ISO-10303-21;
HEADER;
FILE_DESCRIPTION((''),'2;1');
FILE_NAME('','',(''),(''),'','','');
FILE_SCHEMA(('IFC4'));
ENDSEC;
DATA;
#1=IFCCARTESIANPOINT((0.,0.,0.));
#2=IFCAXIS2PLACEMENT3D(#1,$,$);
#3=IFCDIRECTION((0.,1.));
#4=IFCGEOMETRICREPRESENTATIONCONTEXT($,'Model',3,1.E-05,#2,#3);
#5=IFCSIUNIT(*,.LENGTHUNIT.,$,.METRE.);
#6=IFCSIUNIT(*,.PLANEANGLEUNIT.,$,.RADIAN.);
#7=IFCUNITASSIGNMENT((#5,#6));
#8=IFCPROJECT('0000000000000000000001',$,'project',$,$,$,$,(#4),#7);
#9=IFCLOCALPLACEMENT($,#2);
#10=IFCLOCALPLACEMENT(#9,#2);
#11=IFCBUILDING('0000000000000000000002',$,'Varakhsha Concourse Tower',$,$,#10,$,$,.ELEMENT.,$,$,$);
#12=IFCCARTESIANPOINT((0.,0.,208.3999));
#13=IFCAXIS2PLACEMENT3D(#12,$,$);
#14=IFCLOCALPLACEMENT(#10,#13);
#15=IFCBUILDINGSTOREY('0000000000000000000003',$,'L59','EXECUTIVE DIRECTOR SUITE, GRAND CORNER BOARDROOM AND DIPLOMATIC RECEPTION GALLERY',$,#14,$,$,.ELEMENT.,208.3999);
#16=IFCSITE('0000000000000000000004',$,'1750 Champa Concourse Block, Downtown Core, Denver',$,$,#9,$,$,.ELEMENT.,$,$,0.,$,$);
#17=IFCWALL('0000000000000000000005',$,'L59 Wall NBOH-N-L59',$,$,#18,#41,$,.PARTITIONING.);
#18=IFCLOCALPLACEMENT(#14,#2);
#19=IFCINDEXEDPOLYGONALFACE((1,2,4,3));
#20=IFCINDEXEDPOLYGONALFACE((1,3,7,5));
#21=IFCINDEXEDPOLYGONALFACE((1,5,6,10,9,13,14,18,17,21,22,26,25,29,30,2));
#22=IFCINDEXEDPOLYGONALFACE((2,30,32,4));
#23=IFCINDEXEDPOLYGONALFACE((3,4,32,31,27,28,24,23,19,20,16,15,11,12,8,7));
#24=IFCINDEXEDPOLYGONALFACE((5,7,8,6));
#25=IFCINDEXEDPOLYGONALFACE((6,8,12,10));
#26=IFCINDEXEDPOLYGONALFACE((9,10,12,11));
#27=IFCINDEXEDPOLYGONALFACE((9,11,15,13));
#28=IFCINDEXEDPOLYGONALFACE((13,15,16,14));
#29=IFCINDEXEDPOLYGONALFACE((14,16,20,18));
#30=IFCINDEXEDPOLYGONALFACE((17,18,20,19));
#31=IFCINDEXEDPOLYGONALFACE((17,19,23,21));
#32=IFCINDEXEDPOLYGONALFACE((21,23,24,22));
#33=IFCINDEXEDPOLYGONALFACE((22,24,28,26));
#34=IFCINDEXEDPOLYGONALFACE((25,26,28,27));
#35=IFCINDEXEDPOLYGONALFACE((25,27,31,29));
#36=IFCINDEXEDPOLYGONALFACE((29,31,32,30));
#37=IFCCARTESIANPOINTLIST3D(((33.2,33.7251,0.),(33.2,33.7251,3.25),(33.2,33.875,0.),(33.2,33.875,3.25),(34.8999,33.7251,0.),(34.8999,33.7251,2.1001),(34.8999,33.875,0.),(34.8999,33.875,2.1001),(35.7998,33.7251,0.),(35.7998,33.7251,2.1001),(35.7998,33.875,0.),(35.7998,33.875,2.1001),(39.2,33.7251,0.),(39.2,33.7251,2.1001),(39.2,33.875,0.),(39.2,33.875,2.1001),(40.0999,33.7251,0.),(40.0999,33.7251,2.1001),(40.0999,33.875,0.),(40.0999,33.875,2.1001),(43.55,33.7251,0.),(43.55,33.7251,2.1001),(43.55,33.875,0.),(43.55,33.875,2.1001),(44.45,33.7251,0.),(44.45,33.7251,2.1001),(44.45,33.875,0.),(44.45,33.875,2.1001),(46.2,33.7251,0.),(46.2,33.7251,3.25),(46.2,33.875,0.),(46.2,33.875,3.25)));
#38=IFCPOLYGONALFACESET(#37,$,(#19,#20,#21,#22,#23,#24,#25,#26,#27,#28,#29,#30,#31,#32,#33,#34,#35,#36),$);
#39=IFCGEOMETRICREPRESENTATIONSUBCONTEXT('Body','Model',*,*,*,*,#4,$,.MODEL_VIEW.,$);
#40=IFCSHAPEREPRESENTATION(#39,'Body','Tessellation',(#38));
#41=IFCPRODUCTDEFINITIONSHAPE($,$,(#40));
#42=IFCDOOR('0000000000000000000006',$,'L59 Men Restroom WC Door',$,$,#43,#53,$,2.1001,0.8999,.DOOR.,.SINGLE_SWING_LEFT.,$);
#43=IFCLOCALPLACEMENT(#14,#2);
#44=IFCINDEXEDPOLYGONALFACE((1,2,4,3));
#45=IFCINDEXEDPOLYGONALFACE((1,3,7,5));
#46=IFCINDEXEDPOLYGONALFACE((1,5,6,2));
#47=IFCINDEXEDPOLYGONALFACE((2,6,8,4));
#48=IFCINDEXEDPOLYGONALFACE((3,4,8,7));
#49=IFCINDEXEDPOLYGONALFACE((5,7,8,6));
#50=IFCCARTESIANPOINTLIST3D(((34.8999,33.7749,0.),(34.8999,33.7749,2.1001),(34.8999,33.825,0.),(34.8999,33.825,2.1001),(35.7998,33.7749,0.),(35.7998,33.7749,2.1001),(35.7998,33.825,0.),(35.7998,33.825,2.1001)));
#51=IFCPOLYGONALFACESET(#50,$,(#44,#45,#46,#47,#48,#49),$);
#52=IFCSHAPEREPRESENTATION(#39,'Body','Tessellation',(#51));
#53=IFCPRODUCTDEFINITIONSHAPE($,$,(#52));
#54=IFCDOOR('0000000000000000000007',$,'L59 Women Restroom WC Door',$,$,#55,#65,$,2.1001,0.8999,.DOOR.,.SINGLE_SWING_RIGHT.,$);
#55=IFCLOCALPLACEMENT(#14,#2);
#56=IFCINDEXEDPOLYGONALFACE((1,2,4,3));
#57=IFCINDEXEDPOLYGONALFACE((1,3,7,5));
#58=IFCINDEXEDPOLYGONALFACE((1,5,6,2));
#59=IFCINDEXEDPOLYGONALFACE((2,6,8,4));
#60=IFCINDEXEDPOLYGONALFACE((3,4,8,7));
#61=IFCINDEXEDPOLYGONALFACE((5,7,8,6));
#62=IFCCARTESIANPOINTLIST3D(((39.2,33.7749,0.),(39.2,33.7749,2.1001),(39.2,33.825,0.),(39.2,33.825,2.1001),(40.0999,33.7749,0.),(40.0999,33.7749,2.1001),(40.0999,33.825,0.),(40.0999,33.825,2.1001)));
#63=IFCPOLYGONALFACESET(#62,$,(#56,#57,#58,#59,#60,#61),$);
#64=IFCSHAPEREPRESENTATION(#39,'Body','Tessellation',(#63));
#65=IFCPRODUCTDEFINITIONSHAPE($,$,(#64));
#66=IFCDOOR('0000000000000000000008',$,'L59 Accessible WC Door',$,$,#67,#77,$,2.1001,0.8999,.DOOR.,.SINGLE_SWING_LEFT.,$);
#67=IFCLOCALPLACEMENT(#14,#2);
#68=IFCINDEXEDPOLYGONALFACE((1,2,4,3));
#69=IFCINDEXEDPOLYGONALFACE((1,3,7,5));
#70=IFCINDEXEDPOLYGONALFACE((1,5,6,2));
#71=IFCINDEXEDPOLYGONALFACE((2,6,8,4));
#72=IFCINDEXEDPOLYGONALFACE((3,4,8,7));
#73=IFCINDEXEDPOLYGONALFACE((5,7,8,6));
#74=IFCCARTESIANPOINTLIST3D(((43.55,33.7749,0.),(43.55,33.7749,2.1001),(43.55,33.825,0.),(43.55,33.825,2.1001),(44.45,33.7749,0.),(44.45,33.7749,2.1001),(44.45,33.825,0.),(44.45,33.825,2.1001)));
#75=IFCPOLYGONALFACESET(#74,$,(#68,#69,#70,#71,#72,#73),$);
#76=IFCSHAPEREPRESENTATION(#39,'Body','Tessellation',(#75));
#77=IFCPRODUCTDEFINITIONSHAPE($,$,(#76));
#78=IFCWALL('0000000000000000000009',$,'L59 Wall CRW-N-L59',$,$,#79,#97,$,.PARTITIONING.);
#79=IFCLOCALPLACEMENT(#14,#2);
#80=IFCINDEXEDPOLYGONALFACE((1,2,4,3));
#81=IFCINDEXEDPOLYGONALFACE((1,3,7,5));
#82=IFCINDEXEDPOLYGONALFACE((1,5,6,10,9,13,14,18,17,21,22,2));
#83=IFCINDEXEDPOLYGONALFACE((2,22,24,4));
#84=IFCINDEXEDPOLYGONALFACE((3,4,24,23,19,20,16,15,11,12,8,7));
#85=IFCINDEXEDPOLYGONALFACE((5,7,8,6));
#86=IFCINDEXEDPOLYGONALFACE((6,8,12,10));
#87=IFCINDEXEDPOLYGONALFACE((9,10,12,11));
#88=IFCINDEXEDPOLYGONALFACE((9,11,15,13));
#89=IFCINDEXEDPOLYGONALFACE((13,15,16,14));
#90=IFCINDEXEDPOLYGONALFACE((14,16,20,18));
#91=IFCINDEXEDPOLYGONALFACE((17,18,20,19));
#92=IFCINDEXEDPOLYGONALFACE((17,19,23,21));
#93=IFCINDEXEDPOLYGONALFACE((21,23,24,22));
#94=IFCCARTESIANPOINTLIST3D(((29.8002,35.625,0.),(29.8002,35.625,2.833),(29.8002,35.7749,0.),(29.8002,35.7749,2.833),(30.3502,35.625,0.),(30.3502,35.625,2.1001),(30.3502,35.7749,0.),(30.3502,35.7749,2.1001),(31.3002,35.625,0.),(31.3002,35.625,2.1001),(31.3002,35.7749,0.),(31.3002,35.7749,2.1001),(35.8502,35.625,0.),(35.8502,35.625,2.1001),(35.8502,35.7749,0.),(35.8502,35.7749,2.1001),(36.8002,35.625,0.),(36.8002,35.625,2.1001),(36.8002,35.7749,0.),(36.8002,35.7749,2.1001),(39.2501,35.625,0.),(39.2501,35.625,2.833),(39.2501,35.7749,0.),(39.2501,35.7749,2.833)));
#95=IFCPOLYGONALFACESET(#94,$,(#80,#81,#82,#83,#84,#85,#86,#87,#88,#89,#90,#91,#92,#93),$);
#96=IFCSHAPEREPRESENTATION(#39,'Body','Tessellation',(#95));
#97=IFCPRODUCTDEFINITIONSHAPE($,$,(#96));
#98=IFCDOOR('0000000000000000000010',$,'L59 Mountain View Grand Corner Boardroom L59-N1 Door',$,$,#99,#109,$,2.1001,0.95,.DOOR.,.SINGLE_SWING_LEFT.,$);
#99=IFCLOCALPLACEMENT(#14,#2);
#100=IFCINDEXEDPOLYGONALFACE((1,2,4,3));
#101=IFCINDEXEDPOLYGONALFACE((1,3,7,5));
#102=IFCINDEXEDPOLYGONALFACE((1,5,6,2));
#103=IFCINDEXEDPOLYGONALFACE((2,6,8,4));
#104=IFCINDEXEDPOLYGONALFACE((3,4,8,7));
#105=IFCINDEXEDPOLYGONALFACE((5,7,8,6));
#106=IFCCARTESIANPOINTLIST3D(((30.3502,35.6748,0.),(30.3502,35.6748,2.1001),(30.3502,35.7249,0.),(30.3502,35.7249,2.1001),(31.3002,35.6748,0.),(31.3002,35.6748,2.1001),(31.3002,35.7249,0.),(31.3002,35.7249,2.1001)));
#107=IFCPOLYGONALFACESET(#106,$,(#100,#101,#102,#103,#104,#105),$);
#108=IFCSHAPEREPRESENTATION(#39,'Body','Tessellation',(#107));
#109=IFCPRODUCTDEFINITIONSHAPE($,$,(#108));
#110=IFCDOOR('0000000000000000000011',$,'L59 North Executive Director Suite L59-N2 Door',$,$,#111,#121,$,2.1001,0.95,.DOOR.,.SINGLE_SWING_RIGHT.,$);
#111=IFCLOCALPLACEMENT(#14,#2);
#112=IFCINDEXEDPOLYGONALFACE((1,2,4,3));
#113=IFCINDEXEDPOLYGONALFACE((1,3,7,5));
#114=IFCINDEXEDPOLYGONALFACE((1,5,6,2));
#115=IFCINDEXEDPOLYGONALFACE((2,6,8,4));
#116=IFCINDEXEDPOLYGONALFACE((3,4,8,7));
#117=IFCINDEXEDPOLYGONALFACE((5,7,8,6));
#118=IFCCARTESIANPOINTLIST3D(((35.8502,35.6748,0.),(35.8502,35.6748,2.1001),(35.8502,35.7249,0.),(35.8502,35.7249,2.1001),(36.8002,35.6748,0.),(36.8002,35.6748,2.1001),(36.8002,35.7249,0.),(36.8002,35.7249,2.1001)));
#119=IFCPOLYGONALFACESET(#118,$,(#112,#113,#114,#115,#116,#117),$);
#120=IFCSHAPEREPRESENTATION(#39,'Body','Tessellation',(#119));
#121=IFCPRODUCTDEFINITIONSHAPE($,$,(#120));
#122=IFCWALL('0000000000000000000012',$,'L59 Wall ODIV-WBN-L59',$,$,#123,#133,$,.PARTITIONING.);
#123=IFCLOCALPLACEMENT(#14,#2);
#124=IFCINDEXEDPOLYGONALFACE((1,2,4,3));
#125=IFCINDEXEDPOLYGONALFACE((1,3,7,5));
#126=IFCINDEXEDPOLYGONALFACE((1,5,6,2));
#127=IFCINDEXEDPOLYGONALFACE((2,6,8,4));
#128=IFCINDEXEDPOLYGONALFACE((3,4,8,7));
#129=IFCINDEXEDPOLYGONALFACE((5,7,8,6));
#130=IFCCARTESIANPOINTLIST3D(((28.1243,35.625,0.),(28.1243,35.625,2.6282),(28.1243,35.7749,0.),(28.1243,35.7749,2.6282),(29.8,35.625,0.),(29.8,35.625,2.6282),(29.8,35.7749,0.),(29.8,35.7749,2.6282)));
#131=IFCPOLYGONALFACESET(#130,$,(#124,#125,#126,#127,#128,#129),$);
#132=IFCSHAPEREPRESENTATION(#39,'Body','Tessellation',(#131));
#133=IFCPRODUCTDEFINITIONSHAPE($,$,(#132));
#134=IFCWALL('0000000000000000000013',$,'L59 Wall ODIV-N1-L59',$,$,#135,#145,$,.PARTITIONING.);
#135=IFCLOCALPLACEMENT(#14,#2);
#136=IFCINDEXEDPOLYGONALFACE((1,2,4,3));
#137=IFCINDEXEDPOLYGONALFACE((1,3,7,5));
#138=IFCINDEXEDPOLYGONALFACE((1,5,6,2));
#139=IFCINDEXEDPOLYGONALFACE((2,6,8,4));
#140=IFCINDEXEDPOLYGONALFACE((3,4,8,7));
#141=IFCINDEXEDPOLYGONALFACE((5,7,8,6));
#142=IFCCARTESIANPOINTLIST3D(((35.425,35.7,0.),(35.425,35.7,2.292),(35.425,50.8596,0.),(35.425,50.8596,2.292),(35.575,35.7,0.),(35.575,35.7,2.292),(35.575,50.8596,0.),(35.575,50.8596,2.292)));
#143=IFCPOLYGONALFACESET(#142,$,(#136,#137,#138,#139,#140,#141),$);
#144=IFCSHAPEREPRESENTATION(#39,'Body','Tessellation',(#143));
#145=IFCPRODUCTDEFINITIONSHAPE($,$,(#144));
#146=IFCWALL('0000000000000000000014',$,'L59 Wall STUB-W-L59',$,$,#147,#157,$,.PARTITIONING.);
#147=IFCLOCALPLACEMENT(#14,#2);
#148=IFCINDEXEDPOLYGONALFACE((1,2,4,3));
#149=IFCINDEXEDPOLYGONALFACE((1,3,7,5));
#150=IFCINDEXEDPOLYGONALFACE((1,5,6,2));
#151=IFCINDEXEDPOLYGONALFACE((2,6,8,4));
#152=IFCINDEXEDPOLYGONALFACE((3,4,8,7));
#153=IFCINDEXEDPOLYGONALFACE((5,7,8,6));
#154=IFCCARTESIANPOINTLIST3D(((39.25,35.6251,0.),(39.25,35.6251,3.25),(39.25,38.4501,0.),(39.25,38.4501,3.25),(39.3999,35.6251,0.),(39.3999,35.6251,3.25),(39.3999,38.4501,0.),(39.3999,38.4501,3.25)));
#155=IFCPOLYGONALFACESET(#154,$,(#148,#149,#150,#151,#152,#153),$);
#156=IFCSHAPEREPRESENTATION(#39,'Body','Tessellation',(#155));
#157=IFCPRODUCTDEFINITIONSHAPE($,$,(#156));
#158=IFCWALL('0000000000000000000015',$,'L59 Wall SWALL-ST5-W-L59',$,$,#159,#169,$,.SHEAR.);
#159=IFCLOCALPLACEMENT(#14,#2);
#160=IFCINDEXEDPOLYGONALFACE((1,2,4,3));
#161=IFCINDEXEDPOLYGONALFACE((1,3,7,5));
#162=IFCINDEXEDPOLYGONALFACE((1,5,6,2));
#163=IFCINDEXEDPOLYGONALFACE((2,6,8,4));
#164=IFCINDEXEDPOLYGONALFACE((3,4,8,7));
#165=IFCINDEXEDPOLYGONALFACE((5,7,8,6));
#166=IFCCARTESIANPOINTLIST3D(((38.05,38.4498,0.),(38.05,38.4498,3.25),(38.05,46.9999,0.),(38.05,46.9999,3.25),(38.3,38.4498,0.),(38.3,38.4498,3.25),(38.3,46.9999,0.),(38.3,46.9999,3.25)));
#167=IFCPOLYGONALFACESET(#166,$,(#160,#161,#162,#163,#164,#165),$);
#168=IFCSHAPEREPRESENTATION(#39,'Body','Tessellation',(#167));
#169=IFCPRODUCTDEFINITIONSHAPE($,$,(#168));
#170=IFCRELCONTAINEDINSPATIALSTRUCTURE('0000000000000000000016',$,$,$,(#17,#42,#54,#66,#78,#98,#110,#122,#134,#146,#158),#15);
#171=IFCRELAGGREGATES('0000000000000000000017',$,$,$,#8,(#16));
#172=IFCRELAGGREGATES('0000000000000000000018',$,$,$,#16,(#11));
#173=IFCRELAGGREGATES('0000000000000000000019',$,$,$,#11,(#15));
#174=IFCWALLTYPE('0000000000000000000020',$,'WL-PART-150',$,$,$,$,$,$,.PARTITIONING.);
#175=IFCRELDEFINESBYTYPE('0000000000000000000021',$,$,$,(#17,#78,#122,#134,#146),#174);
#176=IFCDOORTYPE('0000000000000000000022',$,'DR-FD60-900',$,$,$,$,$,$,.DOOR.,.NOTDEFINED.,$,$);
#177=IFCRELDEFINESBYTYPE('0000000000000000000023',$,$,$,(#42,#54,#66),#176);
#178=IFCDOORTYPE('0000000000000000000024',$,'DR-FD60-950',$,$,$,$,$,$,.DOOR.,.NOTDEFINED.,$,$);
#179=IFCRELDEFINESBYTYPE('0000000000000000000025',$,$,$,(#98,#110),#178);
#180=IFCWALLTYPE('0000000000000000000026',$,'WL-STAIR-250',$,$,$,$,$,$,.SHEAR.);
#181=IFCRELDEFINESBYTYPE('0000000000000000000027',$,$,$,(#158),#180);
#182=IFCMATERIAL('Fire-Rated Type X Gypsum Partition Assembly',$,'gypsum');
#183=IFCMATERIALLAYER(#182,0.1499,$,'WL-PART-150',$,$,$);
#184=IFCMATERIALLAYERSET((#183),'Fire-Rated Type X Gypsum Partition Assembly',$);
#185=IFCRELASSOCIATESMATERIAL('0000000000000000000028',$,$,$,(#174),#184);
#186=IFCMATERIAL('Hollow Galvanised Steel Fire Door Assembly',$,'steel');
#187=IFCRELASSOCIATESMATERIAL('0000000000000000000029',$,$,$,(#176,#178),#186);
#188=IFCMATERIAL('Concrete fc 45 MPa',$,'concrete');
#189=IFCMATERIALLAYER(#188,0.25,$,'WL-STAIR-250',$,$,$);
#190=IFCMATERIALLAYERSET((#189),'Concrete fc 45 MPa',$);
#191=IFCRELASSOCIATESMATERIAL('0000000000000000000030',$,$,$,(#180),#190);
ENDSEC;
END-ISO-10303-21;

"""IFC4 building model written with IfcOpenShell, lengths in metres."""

from ifc_helpers import new_model, si_unit, direction, frame, frame_2d, origin, place, context, subcontext, project, spatial, rectangle, extrude, material, layer, layer_set, type_object, element, fill, save


model = new_model("IFC4")

# Units and contexts
model_context = context("Model", 3, precision=1e-05, world=origin(), true_north=direction((0.0, 1.0)))
body_context = subcontext(model_context, "Body", "Model", "MODEL_VIEW")
ifc_project = project(units=[si_unit("LENGTHUNIT", "METRE"), si_unit("PLANEANGLEUNIT", "RADIAN")], contexts=[model_context])

# Site, building, storey
site_placement = place(None, origin())
site = spatial("IfcSite", under=ifc_project, at=site_placement, Name="1750 Champa Concourse Block, Downtown Core, Denver", CompositionType="ELEMENT", RefElevation=0.0)
building_placement = place(site_placement, origin())
building = spatial("IfcBuilding", under=site, at=building_placement, Name="Varakhsha Concourse Tower", CompositionType="ELEMENT")
storey_placement = place(building_placement, frame((0.0, 0.0, 208.3999)))
storey = spatial("IfcBuildingStorey", under=building, at=storey_placement, Name="L59", Description="EXECUTIVE DIRECTOR SUITE, GRAND CORNER BOARDROOM AND DIPLOMATIC RECEPTION GALLERY", CompositionType="ELEMENT", Elevation=208.3999)

# Walls, openings, doors
ifc_material_1 = material(Name="Fire-Rated Type X Gypsum Partition Assembly", Category="gypsum")
ifc_layer_1 = layer(ifc_material_1, 0.1499, Name="WL-PART-150")
ifc_layer_set_1 = layer_set([ifc_layer_1], Name="Fire-Rated Type X Gypsum Partition Assembly")
wall_type_1 = type_object("IfcWallType", Name="WL-PART-150", PredefinedType="PARTITIONING", material=ifc_layer_set_1)
wall_1_placement = place(storey_placement, frame((33.2, 33.8, 0.0), z_axis=(0.0, 0.0, 1.0), x_axis=(1.0, 0.0, 0.0)))
wall_1 = element("IfcWall", 1, at=wall_1_placement, inside=storey, type_object=wall_type_1, Name="L59 Wall NBOH-N-L59", PredefinedType="PARTITIONING", context=body_context, shape_type="SweptSolid", body=[
    extrude(rectangle(XDim=13.0, YDim=0.1499, at=frame_2d((6.5, 0.0))), origin(), (0.0, 0.0, 1.0), 3.25),
])
opening_1_placement = place(wall_1_placement, frame((1.7, 0.0, 0.0)))
opening_1 = element("IfcOpeningElement", 2, at=opening_1_placement, cuts=wall_1, PredefinedType="OPENING", context=body_context, shape_type="SweptSolid", body=[
    extrude(rectangle(XDim=0.8999, YDim=2.1001, at=frame_2d((0.45, 1.05))), frame((0.0, 0.085, 0.0), z_axis=(0.0, -1.0, 0.0), x_axis=(1.0, 0.0, 0.0)), (0.0, 0.0, 1.0), 0.1699),
])
opening_2_placement = place(wall_1_placement, frame((6.0, 0.0, 0.0)))
opening_2 = element("IfcOpeningElement", 3, at=opening_2_placement, cuts=wall_1, PredefinedType="OPENING", context=body_context, shape_type="SweptSolid", body=[
    extrude(rectangle(XDim=0.8999, YDim=2.1001, at=frame_2d((0.45, 1.05))), frame((0.0, 0.085, 0.0), z_axis=(0.0, -1.0, 0.0), x_axis=(1.0, 0.0, 0.0)), (0.0, 0.0, 1.0), 0.1699),
])
opening_3_placement = place(wall_1_placement, frame((10.3501, 0.0, 0.0)))
opening_3 = element("IfcOpeningElement", 4, at=opening_3_placement, cuts=wall_1, PredefinedType="OPENING", context=body_context, shape_type="SweptSolid", body=[
    extrude(rectangle(XDim=0.8999, YDim=2.1001, at=frame_2d((0.45, 1.05))), frame((0.0, 0.085, 0.0), z_axis=(0.0, -1.0, 0.0), x_axis=(1.0, 0.0, 0.0)), (0.0, 0.0, 1.0), 0.1699),
])
ifc_material_2 = material(Name="Hollow Galvanised Steel Fire Door Assembly", Category="steel")
door_type_1 = type_object("IfcDoorType", Name="DR-FD60-900", OperationType="NOTDEFINED", PredefinedType="DOOR", material=ifc_material_2)
door_1_placement = place(opening_1_placement, origin())
door_1 = element("IfcDoor", 5, at=door_1_placement, inside=storey, type_object=door_type_1, Name="L59 Men Restroom WC Door", OperationType="SINGLE_SWING_LEFT", OverallHeight=2.1001, OverallWidth=0.8999, PredefinedType="DOOR", context=body_context, shape_type="SweptSolid", body=[
    extrude(rectangle(XDim=0.8999, YDim=2.1001, at=frame_2d((0.45, 1.05))), frame((0.0, 0.0249, 0.0), z_axis=(0.0, -1.0, 0.0), x_axis=(1.0, 0.0, 0.0)), (0.0, 0.0, 1.0), 0.05),
])
fill(opening_1, door_1)
door_2_placement = place(opening_2_placement, origin())
door_2 = element("IfcDoor", 6, at=door_2_placement, inside=storey, type_object=door_type_1, Name="L59 Women Restroom WC Door", OperationType="SINGLE_SWING_RIGHT", OverallHeight=2.1001, OverallWidth=0.8999, PredefinedType="DOOR", context=body_context, shape_type="SweptSolid", body=[
    extrude(rectangle(XDim=0.8999, YDim=2.1001, at=frame_2d((0.45, 1.05))), frame((0.0, 0.0249, 0.0), z_axis=(0.0, -1.0, 0.0), x_axis=(1.0, 0.0, 0.0)), (0.0, 0.0, 1.0), 0.05),
])
fill(opening_2, door_2)
door_3_placement = place(opening_3_placement, origin())
door_3 = element("IfcDoor", 7, at=door_3_placement, inside=storey, type_object=door_type_1, Name="L59 Accessible WC Door", OperationType="SINGLE_SWING_LEFT", OverallHeight=2.1001, OverallWidth=0.8999, PredefinedType="DOOR", context=body_context, shape_type="SweptSolid", body=[
    extrude(rectangle(XDim=0.8999, YDim=2.1001, at=frame_2d((0.45, 1.05))), frame((0.0, 0.0249, 0.0), z_axis=(0.0, -1.0, 0.0), x_axis=(1.0, 0.0, 0.0)), (0.0, 0.0, 1.0), 0.05),
])
fill(opening_3, door_3)
wall_2_placement = place(storey_placement, frame((29.8, 35.7, 0.0), z_axis=(0.0, 0.0, 1.0), x_axis=(1.0, 0.0, 0.0)))
wall_2 = element("IfcWall", 8, at=wall_2_placement, inside=storey, type_object=wall_type_1, Name="L59 Wall CRW-N-L59", PredefinedType="PARTITIONING", context=body_context, shape_type="SweptSolid", body=[
    extrude(rectangle(XDim=9.45, YDim=0.1499, at=frame_2d((4.7251, 0.0))), origin(), (0.0, 0.0, 1.0), 2.833),
])
opening_4_placement = place(wall_2_placement, frame((0.55, 0.0, 0.0)))
opening_4 = element("IfcOpeningElement", 9, at=opening_4_placement, cuts=wall_2, PredefinedType="OPENING", context=body_context, shape_type="SweptSolid", body=[
    extrude(rectangle(XDim=0.95, YDim=2.1001, at=frame_2d((0.4751, 1.05))), frame((0.0, 0.085, 0.0), z_axis=(0.0, -1.0, 0.0), x_axis=(1.0, 0.0, 0.0)), (0.0, 0.0, 1.0), 0.1699),
])
opening_5_placement = place(wall_2_placement, frame((6.05, 0.0, 0.0)))
opening_5 = element("IfcOpeningElement", 10, at=opening_5_placement, cuts=wall_2, PredefinedType="OPENING", context=body_context, shape_type="SweptSolid", body=[
    extrude(rectangle(XDim=0.95, YDim=2.1001, at=frame_2d((0.4751, 1.05))), frame((0.0, 0.085, 0.0), z_axis=(0.0, -1.0, 0.0), x_axis=(1.0, 0.0, 0.0)), (0.0, 0.0, 1.0), 0.1699),
])
door_type_2 = type_object("IfcDoorType", Name="DR-FD60-950", OperationType="NOTDEFINED", PredefinedType="DOOR", material=ifc_material_2)
door_4_placement = place(opening_4_placement, origin())
door_4 = element("IfcDoor", 11, at=door_4_placement, inside=storey, type_object=door_type_2, Name="L59 Mountain View Grand Corner Boardroom L59-N1 Door", OperationType="SINGLE_SWING_LEFT", OverallHeight=2.1001, OverallWidth=0.95, PredefinedType="DOOR", context=body_context, shape_type="SweptSolid", body=[
    extrude(rectangle(XDim=0.95, YDim=2.1001, at=frame_2d((0.4751, 1.05))), frame((0.0, 0.0249, 0.0), z_axis=(0.0, -1.0, 0.0), x_axis=(1.0, 0.0, 0.0)), (0.0, 0.0, 1.0), 0.05),
])
fill(opening_4, door_4)
door_5_placement = place(opening_5_placement, origin())
door_5 = element("IfcDoor", 12, at=door_5_placement, inside=storey, type_object=door_type_2, Name="L59 North Executive Director Suite L59-N2 Door", OperationType="SINGLE_SWING_RIGHT", OverallHeight=2.1001, OverallWidth=0.95, PredefinedType="DOOR", context=body_context, shape_type="SweptSolid", body=[
    extrude(rectangle(XDim=0.95, YDim=2.1001, at=frame_2d((0.4751, 1.05))), frame((0.0, 0.0249, 0.0), z_axis=(0.0, -1.0, 0.0), x_axis=(1.0, 0.0, 0.0)), (0.0, 0.0, 1.0), 0.05),
])
fill(opening_5, door_5)

# Walls
wall_3_placement = place(storey_placement, frame((28.1243, 35.7, 0.0), z_axis=(0.0, 0.0, 1.0), x_axis=(1.0, 0.0, 0.0)))
element("IfcWall", 13, at=wall_3_placement, inside=storey, type_object=wall_type_1, Name="L59 Wall ODIV-WBN-L59", PredefinedType="PARTITIONING", context=body_context, shape_type="SweptSolid", body=[
    extrude(rectangle(XDim=1.6758, YDim=0.1499, at=frame_2d((0.8379, 0.0))), origin(), (0.0, 0.0, 1.0), 2.6282),
])
wall_4_placement = place(storey_placement, frame((35.5, 35.7, 0.0), z_axis=(0.0, 0.0, 1.0), x_axis=(0.0, 1.0, 0.0)))
element("IfcWall", 14, at=wall_4_placement, inside=storey, type_object=wall_type_1, Name="L59 Wall ODIV-N1-L59", PredefinedType="PARTITIONING", context=body_context, shape_type="SweptSolid", body=[
    extrude(rectangle(XDim=15.1597, YDim=0.1499, at=frame_2d((7.5798, 0.0))), origin(), (0.0, 0.0, 1.0), 2.292),
])
wall_5_placement = place(storey_placement, frame((39.325, 35.625, 0.0), z_axis=(0.0, 0.0, 1.0), x_axis=(0.0, 1.0, 0.0)))
element("IfcWall", 15, at=wall_5_placement, inside=storey, type_object=wall_type_1, Name="L59 Wall STUB-W-L59", PredefinedType="PARTITIONING", context=body_context, shape_type="SweptSolid", body=[
    extrude(rectangle(XDim=2.825, YDim=0.1499, at=frame_2d((1.4126, 0.0))), origin(), (0.0, 0.0, 1.0), 3.25),
])
ifc_material_3 = material(Name="Concrete fc 45 MPa", Category="concrete")
ifc_layer_2 = layer(ifc_material_3, 0.25, Name="WL-STAIR-250")
ifc_layer_set_2 = layer_set([ifc_layer_2], Name="Concrete fc 45 MPa")
wall_type_2 = type_object("IfcWallType", Name="WL-STAIR-250", PredefinedType="SHEAR", material=ifc_layer_set_2)
wall_6_placement = place(storey_placement, frame((38.175, 38.45, 0.0), z_axis=(0.0, 0.0, 1.0), x_axis=(0.0, 1.0, 0.0)))
element("IfcWall", 16, at=wall_6_placement, inside=storey, type_object=wall_type_2, Name="L59 Wall SWALL-ST5-W-L59", PredefinedType="SHEAR", context=body_context, shape_type="SweptSolid", body=[
    extrude(rectangle(XDim=8.55, YDim=0.25, at=frame_2d((4.2749, 0.0))), origin(), (0.0, 0.0, 1.0), 3.25),
])

save(model, "model.ifc")
